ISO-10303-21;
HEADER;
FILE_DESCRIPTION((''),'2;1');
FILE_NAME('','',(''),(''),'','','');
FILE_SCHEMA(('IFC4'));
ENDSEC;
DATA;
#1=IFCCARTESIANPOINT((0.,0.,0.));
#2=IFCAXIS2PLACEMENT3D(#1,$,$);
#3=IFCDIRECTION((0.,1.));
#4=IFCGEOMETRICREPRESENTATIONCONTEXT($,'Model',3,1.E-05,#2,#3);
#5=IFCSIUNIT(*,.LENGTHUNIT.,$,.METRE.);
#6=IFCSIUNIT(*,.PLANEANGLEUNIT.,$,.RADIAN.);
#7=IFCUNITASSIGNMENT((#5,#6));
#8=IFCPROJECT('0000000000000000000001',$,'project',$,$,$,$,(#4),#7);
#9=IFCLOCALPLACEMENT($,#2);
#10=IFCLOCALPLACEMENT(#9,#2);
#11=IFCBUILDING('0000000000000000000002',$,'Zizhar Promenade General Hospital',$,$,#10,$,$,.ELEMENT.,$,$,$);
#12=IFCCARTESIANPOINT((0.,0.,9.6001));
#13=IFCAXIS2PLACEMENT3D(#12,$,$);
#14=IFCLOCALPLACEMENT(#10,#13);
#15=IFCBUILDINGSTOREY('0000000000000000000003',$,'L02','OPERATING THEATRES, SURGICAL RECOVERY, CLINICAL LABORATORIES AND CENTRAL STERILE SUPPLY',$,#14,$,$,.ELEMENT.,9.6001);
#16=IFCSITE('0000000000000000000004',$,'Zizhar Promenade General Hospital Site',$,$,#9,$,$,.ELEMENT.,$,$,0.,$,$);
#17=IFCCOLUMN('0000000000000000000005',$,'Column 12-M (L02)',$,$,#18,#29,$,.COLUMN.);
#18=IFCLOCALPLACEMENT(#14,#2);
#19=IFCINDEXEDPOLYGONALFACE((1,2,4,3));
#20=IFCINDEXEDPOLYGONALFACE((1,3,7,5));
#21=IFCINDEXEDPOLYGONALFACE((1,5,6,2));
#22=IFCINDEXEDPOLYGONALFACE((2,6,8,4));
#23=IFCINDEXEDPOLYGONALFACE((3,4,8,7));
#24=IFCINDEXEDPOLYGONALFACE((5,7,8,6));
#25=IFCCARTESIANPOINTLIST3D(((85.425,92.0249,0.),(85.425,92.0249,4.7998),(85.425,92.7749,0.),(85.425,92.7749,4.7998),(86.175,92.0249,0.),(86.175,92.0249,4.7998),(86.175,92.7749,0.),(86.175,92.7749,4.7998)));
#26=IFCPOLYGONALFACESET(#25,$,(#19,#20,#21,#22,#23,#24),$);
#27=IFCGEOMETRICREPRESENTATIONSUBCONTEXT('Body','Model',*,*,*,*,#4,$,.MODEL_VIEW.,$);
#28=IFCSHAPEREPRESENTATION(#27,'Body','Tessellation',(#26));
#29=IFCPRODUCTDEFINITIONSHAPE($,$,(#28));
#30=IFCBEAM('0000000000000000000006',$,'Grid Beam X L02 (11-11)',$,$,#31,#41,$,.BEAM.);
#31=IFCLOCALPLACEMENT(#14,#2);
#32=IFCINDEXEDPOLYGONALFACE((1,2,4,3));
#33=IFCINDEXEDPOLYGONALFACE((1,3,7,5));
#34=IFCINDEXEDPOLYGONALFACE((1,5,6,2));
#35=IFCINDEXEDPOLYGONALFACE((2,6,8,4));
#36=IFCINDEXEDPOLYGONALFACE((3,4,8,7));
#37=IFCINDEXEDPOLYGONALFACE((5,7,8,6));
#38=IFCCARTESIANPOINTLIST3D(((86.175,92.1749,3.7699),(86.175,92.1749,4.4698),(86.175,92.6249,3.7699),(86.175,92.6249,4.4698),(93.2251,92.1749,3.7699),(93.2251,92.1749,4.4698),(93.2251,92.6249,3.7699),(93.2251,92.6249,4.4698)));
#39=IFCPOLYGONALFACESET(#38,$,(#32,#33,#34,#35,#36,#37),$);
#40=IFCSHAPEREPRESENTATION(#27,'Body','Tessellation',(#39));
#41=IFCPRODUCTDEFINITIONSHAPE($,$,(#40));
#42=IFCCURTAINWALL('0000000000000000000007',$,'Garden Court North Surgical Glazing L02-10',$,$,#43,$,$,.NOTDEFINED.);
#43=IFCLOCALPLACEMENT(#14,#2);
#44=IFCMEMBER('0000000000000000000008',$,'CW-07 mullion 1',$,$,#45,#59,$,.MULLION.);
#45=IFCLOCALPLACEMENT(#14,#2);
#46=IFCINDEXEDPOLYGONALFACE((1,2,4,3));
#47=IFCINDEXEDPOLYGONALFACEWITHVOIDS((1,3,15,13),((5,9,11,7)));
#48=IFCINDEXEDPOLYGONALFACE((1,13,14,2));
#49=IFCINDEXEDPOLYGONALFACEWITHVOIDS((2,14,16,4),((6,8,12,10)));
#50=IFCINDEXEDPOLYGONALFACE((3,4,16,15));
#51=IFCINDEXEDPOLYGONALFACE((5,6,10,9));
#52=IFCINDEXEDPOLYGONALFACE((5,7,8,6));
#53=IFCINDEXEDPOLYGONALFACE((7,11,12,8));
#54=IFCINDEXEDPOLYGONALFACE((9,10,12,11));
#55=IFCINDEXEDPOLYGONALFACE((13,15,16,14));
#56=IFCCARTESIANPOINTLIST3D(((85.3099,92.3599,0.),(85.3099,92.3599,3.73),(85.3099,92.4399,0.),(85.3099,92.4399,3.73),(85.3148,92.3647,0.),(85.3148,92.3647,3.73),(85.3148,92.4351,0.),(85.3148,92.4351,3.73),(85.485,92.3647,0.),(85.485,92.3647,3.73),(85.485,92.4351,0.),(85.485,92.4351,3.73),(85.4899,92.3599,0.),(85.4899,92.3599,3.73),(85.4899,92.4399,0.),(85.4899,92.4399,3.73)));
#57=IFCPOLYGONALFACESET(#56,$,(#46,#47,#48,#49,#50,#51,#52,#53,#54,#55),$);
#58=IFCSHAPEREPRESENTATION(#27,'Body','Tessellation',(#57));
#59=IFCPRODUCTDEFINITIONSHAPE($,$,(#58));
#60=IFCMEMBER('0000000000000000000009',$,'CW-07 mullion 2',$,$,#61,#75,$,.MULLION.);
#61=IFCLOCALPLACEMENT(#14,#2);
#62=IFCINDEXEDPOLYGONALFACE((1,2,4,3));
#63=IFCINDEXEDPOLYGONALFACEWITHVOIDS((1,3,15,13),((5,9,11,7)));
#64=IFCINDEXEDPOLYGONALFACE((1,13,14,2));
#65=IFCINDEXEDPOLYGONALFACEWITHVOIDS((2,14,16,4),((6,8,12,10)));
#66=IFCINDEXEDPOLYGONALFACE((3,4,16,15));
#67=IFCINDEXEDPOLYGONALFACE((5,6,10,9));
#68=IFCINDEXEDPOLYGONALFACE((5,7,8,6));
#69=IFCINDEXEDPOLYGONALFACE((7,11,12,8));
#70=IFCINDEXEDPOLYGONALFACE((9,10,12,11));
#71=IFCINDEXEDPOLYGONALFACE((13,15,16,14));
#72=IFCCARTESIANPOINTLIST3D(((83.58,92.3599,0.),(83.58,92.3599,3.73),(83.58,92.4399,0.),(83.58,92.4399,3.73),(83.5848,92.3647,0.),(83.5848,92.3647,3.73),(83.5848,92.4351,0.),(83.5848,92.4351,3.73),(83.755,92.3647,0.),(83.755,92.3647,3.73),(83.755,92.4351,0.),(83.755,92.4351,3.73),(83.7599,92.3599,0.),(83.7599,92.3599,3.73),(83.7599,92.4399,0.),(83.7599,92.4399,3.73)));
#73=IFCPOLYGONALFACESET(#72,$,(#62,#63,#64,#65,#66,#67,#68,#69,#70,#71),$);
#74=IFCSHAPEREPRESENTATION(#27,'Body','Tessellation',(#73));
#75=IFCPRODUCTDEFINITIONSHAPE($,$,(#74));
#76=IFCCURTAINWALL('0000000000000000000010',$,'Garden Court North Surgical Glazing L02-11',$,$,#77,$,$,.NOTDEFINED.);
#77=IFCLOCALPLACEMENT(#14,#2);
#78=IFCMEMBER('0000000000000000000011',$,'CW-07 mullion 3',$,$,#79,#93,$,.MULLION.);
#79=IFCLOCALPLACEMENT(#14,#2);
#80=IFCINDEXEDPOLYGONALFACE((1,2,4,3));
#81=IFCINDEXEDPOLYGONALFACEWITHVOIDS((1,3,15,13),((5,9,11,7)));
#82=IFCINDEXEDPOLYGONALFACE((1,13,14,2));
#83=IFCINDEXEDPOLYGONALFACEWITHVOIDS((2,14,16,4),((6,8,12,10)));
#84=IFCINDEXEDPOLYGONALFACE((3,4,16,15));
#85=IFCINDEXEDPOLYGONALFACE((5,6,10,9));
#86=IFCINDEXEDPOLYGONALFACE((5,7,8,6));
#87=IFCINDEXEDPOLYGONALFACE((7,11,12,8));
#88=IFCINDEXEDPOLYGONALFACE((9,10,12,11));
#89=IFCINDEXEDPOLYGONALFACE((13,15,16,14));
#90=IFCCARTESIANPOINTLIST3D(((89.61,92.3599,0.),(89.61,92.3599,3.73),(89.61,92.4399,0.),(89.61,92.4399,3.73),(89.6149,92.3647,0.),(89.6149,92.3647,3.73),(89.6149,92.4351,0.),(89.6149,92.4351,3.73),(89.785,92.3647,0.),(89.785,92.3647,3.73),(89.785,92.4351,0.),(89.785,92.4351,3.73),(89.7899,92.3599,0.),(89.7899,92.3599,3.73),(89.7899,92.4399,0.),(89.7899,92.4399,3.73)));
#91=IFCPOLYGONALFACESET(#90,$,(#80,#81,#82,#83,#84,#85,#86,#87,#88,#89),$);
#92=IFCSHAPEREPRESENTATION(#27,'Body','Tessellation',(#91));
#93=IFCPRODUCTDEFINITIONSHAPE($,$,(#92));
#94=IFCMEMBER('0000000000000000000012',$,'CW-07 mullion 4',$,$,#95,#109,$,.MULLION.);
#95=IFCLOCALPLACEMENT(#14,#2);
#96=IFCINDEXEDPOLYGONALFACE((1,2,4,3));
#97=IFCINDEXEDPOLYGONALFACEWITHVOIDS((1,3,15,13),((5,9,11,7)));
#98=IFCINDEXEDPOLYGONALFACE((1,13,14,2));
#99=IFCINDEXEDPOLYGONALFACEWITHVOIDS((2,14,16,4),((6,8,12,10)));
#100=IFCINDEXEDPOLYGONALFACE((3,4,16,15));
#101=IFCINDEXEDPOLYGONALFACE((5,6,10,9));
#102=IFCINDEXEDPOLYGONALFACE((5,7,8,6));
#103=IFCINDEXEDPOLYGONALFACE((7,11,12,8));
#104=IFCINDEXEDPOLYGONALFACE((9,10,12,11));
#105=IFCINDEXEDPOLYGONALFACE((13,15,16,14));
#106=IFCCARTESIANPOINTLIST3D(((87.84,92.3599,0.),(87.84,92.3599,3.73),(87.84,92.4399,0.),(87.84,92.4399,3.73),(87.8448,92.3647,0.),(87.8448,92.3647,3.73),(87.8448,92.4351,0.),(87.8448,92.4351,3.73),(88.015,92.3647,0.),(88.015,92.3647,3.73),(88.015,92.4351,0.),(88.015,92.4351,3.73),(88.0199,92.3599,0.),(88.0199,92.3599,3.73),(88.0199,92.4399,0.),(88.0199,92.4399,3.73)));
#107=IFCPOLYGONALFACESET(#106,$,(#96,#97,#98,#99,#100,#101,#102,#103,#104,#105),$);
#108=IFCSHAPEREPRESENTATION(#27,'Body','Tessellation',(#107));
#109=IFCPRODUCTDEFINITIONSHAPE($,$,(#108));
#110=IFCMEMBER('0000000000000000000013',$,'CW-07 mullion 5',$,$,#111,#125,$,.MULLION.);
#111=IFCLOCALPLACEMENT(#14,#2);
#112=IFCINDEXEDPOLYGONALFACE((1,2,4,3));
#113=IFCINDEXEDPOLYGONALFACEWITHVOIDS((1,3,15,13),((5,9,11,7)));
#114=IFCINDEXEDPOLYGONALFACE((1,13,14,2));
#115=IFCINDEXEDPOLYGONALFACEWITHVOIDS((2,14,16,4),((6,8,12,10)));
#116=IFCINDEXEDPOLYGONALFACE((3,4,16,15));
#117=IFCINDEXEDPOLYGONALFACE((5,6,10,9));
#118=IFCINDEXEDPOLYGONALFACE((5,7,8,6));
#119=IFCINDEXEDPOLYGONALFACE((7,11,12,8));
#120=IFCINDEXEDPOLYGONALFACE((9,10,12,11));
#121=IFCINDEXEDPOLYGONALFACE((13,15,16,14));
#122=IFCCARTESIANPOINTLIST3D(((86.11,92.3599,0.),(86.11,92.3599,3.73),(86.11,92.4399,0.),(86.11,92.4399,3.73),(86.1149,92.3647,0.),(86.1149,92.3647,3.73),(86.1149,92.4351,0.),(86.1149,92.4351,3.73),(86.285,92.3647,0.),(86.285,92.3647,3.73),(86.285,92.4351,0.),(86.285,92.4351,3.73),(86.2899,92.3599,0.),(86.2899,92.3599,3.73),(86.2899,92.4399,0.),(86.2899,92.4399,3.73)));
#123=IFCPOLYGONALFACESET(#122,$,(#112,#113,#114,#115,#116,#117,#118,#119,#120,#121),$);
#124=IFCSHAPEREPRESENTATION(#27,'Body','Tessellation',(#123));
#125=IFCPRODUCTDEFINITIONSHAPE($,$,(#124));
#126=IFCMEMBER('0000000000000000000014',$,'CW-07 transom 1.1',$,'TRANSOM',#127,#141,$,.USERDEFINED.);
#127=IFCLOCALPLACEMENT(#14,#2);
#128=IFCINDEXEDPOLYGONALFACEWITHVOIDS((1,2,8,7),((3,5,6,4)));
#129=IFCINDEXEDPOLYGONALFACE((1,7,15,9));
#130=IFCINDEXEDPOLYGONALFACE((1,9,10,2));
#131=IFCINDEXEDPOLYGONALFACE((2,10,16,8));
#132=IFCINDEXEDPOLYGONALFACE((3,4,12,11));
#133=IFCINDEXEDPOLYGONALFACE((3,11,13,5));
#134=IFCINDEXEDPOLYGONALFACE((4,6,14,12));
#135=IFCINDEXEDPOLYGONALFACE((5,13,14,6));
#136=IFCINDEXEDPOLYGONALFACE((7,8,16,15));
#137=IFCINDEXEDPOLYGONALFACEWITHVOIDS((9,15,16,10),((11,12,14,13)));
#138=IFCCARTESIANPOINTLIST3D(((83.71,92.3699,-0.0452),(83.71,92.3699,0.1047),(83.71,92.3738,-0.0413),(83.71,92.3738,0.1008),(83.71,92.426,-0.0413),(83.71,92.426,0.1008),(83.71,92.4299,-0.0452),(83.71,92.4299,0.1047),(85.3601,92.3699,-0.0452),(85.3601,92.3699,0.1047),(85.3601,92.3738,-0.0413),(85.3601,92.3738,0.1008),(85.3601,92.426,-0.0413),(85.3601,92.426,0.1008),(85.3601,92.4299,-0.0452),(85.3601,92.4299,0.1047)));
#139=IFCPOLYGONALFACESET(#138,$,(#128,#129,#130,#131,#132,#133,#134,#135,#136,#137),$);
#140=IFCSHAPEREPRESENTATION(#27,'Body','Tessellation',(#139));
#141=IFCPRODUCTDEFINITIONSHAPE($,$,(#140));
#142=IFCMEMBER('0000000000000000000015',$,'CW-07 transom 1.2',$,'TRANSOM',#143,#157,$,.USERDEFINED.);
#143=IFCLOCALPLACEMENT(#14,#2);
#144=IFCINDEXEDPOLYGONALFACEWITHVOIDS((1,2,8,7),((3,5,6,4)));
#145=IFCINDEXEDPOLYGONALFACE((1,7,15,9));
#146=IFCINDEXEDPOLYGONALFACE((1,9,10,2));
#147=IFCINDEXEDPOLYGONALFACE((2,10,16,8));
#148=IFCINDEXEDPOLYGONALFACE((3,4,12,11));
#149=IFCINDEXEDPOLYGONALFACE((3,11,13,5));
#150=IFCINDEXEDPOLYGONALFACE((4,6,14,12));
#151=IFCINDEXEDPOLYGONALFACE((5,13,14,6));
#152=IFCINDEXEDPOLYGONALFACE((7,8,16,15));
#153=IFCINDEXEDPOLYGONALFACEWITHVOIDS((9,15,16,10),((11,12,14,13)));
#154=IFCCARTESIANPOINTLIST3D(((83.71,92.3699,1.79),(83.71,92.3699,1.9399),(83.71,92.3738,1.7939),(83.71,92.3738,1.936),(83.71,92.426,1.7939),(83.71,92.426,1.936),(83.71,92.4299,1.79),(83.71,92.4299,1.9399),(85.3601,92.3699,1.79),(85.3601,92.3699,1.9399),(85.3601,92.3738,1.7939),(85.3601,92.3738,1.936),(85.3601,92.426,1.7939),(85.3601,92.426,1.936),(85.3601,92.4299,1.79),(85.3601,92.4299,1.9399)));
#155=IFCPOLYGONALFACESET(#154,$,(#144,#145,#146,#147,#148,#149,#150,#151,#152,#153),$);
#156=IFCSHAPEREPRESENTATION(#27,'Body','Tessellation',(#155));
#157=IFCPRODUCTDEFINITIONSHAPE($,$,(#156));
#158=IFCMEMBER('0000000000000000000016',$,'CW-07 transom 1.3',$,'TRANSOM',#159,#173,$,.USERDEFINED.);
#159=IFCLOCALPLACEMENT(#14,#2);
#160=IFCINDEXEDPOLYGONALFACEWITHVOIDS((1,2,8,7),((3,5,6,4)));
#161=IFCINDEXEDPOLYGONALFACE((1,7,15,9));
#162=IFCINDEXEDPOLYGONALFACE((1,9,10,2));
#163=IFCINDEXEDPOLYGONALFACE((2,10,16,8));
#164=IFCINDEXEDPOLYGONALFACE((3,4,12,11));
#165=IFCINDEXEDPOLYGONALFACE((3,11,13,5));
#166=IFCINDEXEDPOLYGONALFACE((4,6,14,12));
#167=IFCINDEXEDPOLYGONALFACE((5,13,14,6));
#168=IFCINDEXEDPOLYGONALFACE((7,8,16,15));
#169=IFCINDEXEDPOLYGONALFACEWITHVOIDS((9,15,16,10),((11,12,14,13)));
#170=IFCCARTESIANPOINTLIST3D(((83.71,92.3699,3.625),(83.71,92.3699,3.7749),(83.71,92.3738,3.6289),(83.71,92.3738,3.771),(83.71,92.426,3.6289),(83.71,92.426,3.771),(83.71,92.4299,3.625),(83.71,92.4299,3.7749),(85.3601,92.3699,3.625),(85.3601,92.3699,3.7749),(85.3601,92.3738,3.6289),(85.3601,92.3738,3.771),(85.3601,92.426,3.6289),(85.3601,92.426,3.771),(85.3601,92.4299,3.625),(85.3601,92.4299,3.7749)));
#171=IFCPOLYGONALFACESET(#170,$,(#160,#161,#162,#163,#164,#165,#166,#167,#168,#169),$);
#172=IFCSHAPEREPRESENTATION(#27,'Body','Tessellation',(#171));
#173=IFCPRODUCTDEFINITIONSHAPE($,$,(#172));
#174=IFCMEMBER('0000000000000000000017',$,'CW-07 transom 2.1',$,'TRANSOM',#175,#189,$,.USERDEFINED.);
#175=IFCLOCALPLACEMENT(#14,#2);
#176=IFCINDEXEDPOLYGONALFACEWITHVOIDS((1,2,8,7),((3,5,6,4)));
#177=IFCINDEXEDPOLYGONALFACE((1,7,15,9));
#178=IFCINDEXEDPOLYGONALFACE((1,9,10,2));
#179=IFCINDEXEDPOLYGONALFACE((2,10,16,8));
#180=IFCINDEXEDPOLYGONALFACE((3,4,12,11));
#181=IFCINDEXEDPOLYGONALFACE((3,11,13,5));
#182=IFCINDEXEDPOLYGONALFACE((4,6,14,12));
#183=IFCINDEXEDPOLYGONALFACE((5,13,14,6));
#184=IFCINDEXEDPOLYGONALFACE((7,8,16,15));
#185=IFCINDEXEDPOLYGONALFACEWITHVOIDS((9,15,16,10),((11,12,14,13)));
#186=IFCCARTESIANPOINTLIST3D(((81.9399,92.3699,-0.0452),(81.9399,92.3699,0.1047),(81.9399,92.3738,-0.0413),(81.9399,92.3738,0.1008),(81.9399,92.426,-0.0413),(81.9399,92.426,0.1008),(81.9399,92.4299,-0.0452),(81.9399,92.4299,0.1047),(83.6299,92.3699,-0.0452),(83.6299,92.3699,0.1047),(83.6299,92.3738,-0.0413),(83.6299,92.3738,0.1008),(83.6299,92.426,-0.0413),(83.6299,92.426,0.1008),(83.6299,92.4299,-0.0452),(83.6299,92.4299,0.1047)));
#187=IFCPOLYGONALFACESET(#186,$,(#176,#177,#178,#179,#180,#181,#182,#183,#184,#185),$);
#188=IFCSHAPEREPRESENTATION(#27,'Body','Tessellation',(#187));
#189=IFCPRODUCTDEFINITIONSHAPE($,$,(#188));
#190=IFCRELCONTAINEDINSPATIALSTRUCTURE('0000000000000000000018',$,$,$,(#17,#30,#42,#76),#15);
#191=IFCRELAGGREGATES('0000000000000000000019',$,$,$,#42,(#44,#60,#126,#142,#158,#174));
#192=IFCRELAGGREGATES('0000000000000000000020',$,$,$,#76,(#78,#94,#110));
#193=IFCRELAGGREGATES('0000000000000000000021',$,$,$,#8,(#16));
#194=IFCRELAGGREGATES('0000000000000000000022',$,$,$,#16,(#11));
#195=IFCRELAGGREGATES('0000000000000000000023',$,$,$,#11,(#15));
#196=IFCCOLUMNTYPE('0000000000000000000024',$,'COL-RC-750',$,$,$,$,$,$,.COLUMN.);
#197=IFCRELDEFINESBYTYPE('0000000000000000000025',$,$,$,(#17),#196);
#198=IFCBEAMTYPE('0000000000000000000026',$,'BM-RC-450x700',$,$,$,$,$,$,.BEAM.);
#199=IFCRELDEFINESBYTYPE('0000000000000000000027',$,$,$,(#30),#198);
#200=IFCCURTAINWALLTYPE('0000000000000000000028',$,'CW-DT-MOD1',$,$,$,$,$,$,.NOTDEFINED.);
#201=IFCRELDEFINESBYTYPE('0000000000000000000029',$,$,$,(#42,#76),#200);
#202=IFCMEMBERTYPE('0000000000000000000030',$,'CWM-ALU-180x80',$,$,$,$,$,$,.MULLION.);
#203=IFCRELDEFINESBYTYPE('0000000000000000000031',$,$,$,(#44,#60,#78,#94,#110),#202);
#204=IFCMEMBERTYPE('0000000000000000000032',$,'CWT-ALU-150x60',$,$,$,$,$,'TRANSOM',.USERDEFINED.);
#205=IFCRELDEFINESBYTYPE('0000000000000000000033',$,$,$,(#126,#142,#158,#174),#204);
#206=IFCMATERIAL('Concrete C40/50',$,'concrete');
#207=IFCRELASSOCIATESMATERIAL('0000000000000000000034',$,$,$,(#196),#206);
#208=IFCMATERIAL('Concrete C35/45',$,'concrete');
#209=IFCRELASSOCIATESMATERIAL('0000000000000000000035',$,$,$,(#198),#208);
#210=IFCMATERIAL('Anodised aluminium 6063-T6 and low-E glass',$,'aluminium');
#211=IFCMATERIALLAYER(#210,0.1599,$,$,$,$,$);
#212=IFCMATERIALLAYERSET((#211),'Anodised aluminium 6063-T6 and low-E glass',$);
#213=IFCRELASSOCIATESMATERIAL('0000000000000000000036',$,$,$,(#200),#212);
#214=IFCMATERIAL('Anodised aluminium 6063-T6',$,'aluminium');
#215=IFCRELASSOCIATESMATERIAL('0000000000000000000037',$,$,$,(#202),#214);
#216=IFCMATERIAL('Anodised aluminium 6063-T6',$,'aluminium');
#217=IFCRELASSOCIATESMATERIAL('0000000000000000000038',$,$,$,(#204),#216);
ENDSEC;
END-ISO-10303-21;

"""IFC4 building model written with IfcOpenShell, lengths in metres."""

from ifc_helpers import new_model, si_unit, direction, frame, origin, origin_2d, place, context, subcontext, project, spatial, rectangle, hollow_rectangle, extrude, material, layer, layer_set, material_profile, profile_set, type_object, element, aggregate, save


model = new_model("IFC4")

# Units and contexts
model_context = context("Model", 3, precision=1e-05, world=origin(), true_north=direction((0.0, 1.0)))
body_context = subcontext(model_context, "Body", "Model", "MODEL_VIEW")
ifc_project = project(units=[si_unit("LENGTHUNIT", "METRE"), si_unit("PLANEANGLEUNIT", "RADIAN")], contexts=[model_context])

# Site, building, storey
site_placement = place(None, origin())
site = spatial("IfcSite", under=ifc_project, at=site_placement, Name="Zizhar Promenade General Hospital Site", CompositionType="ELEMENT", RefElevation=0.0)
building_placement = place(site_placement, origin())
building = spatial("IfcBuilding", under=site, at=building_placement, Name="Zizhar Promenade General Hospital", CompositionType="ELEMENT")
storey_placement = place(building_placement, frame((0.0, 0.0, 9.6001)))
storey = spatial("IfcBuildingStorey", under=building, at=storey_placement, Name="L02", Description="OPERATING THEATRES, SURGICAL RECOVERY, CLINICAL LABORATORIES AND CENTRAL STERILE SUPPLY", CompositionType="ELEMENT", Elevation=9.6001)

# Column
ifc_material_1 = material(Name="Concrete C40/50", Category="concrete")
ifc_material_profile_1 = material_profile(ifc_material_1, rectangle(XDim=0.75, YDim=0.75, at=origin_2d()))
ifc_profile_set_1 = profile_set([ifc_material_profile_1], Name="Concrete C40/50")
column_type = type_object("IfcColumnType", Name="COL-RC-750", PredefinedType="COLUMN", material=ifc_profile_set_1)
column_placement = place(storey_placement, frame((85.8, 92.3999, 0.0), z_axis=(0.0, 0.0, 1.0), x_axis=(1.0, 0.0, 0.0)))
element("IfcColumn", 1, at=column_placement, inside=storey, type_object=column_type, Name="Column 12-M (L02)", PredefinedType="COLUMN", context=body_context, shape_type="SweptSolid", body=[
    extrude(rectangle(XDim=0.75, YDim=0.75, at=origin_2d()), origin(), (0.0, 0.0, 1.0), 4.7998),
])

# Beam
ifc_material_2 = material(Name="Concrete C35/45", Category="concrete")
ifc_material_profile_2 = material_profile(ifc_material_2, rectangle(XDim=0.45, YDim=0.7, at=origin_2d()))
ifc_profile_set_2 = profile_set([ifc_material_profile_2], Name="Concrete C35/45")
beam_type = type_object("IfcBeamType", Name="BM-RC-450x700", PredefinedType="BEAM", material=ifc_profile_set_2)
beam_placement = place(storey_placement, frame((86.175, 92.3999, 4.1199), z_axis=(1.0, 0.0, 0.0), x_axis=(0.0, 1.0, 0.0)))
element("IfcBeam", 2, at=beam_placement, inside=storey, type_object=beam_type, Name="Grid Beam X L02 (11-11)", PredefinedType="BEAM", context=body_context, shape_type="SweptSolid", body=[
    extrude(rectangle(XDim=0.45, YDim=0.7, at=origin_2d()), origin(), (0.0, 0.0, 1.0), 7.05),
])

# Curtain walls, members
ifc_material_3 = material(Name="Anodised aluminium 6063-T6 and low-E glass", Category="aluminium")
ifc_layer_1 = layer(ifc_material_3, 0.1599)
ifc_layer_set_1 = layer_set([ifc_layer_1], Name="Anodised aluminium 6063-T6 and low-E glass")
curtain_wall_type = type_object("IfcCurtainWallType", Name="CW-DT-MOD1", PredefinedType="NOTDEFINED", material=ifc_layer_set_1)
curtain_wall_1_placement = place(storey_placement, origin())
curtain_wall_1 = element("IfcCurtainWall", 3, at=curtain_wall_1_placement, inside=storey, type_object=curtain_wall_type, Name="Garden Court North Surgical Glazing L02-10", PredefinedType="NOTDEFINED")
ifc_material_4 = material(Name="Anodised aluminium 6063-T6", Category="aluminium")
ifc_material_profile_3 = material_profile(ifc_material_4, hollow_rectangle(XDim=0.0801, YDim=0.1799, WallThickness=0.0049, at=origin_2d()))
ifc_profile_set_3 = profile_set([ifc_material_profile_3], Name="Anodised aluminium 6063-T6")
member_type_1 = type_object("IfcMemberType", Name="CWM-ALU-180x80", PredefinedType="MULLION", material=ifc_profile_set_3)
member_1_placement = place(storey_placement, frame((85.3999, 92.3999, 0.0), z_axis=(0.0, 0.0, 1.0), x_axis=(0.0, -1.0, 0.0)))
member_1 = element("IfcMember", 4, at=member_1_placement, type_object=member_type_1, Name="CW-07 mullion 1", PredefinedType="MULLION", context=body_context, shape_type="SweptSolid", body=[
    extrude(hollow_rectangle(XDim=0.0801, YDim=0.1799, WallThickness=0.0049, at=origin_2d()), origin(), (0.0, 0.0, 1.0), 3.73),
])
member_2_placement = place(storey_placement, frame((83.6699, 92.3999, 0.0), z_axis=(0.0, 0.0, 1.0), x_axis=(0.0, -1.0, 0.0)))
member_2 = element("IfcMember", 5, at=member_2_placement, type_object=member_type_1, Name="CW-07 mullion 2", PredefinedType="MULLION", context=body_context, shape_type="SweptSolid", body=[
    extrude(hollow_rectangle(XDim=0.0801, YDim=0.1799, WallThickness=0.0049, at=origin_2d()), origin(), (0.0, 0.0, 1.0), 3.73),
])
curtain_wall_2_placement = place(storey_placement, origin())
curtain_wall_2 = element("IfcCurtainWall", 6, at=curtain_wall_2_placement, inside=storey, type_object=curtain_wall_type, Name="Garden Court North Surgical Glazing L02-11", PredefinedType="NOTDEFINED")
member_3_placement = place(storey_placement, frame((89.7, 92.3999, 0.0), z_axis=(0.0, 0.0, 1.0), x_axis=(0.0, -1.0, 0.0)))
member_3 = element("IfcMember", 7, at=member_3_placement, type_object=member_type_1, Name="CW-07 mullion 3", PredefinedType="MULLION", context=body_context, shape_type="SweptSolid", body=[
    extrude(hollow_rectangle(XDim=0.0801, YDim=0.1799, WallThickness=0.0049, at=origin_2d()), origin(), (0.0, 0.0, 1.0), 3.73),
])
member_4_placement = place(storey_placement, frame((87.9299, 92.3999, 0.0), z_axis=(0.0, 0.0, 1.0), x_axis=(0.0, -1.0, 0.0)))
member_4 = element("IfcMember", 8, at=member_4_placement, type_object=member_type_1, Name="CW-07 mullion 4", PredefinedType="MULLION", context=body_context, shape_type="SweptSolid", body=[
    extrude(hollow_rectangle(XDim=0.0801, YDim=0.1799, WallThickness=0.0049, at=origin_2d()), origin(), (0.0, 0.0, 1.0), 3.73),
])
member_5_placement = place(storey_placement, frame((86.2, 92.3999, 0.0), z_axis=(0.0, 0.0, 1.0), x_axis=(0.0, -1.0, 0.0)))
member_5 = element("IfcMember", 9, at=member_5_placement, type_object=member_type_1, Name="CW-07 mullion 5", PredefinedType="MULLION", context=body_context, shape_type="SweptSolid", body=[
    extrude(hollow_rectangle(XDim=0.0801, YDim=0.1799, WallThickness=0.0049, at=origin_2d()), origin(), (0.0, 0.0, 1.0), 3.73),
])

# Members
ifc_material_5 = material(Name="Anodised aluminium 6063-T6", Category="aluminium")
ifc_material_profile_4 = material_profile(ifc_material_5, hollow_rectangle(XDim=0.0601, YDim=0.1499, WallThickness=0.0039, at=origin_2d()))
ifc_profile_set_4 = profile_set([ifc_material_profile_4], Name="Anodised aluminium 6063-T6")
member_type_2 = type_object("IfcMemberType", Name="CWT-ALU-150x60", ElementType="TRANSOM", PredefinedType="USERDEFINED", material=ifc_profile_set_4)
member_6_placement = place(storey_placement, frame((85.3601, 92.3999, 0.0298), z_axis=(-1.0, 0.0, 0.0), x_axis=(0.0, -1.0, 0.0)))
member_6 = element("IfcMember", 10, at=member_6_placement, type_object=member_type_2, Name="CW-07 transom 1.1", ObjectType="TRANSOM", PredefinedType="USERDEFINED", context=body_context, shape_type="SweptSolid", body=[
    extrude(hollow_rectangle(XDim=0.0601, YDim=0.1499, WallThickness=0.0039, at=origin_2d()), origin(), (0.0, 0.0, 1.0), 1.6501),
])
member_7_placement = place(storey_placement, frame((85.3601, 92.3999, 1.865), z_axis=(-1.0, 0.0, 0.0), x_axis=(0.0, -1.0, 0.0)))
member_7 = element("IfcMember", 11, at=member_7_placement, type_object=member_type_2, Name="CW-07 transom 1.2", ObjectType="TRANSOM", PredefinedType="USERDEFINED", context=body_context, shape_type="SweptSolid", body=[
    extrude(hollow_rectangle(XDim=0.0601, YDim=0.1499, WallThickness=0.0039, at=origin_2d()), origin(), (0.0, 0.0, 1.0), 1.6501),
])
member_8_placement = place(storey_placement, frame((85.3601, 92.3999, 3.7), z_axis=(-1.0, 0.0, 0.0), x_axis=(0.0, -1.0, 0.0)))
member_8 = element("IfcMember", 12, at=member_8_placement, type_object=member_type_2, Name="CW-07 transom 1.3", ObjectType="TRANSOM", PredefinedType="USERDEFINED", context=body_context, shape_type="SweptSolid", body=[
    extrude(hollow_rectangle(XDim=0.0601, YDim=0.1499, WallThickness=0.0039, at=origin_2d()), origin(), (0.0, 0.0, 1.0), 1.6501),
])
member_9_placement = place(storey_placement, frame((83.6299, 92.3999, 0.0298), z_axis=(-1.0, 0.0, 0.0), x_axis=(0.0, -1.0, 0.0)))
member_9 = element("IfcMember", 13, at=member_9_placement, type_object=member_type_2, Name="CW-07 transom 2.1", ObjectType="TRANSOM", PredefinedType="USERDEFINED", context=body_context, shape_type="SweptSolid", body=[
    extrude(hollow_rectangle(XDim=0.0601, YDim=0.1499, WallThickness=0.0039, at=origin_2d()), origin(), (0.0, 0.0, 1.0), 1.6899),
])

aggregate(curtain_wall_1, [member_1, member_2, member_6, member_7, member_8, member_9])
aggregate(curtain_wall_2, [member_3, member_4, member_5])

save(model, "model.ifc")
